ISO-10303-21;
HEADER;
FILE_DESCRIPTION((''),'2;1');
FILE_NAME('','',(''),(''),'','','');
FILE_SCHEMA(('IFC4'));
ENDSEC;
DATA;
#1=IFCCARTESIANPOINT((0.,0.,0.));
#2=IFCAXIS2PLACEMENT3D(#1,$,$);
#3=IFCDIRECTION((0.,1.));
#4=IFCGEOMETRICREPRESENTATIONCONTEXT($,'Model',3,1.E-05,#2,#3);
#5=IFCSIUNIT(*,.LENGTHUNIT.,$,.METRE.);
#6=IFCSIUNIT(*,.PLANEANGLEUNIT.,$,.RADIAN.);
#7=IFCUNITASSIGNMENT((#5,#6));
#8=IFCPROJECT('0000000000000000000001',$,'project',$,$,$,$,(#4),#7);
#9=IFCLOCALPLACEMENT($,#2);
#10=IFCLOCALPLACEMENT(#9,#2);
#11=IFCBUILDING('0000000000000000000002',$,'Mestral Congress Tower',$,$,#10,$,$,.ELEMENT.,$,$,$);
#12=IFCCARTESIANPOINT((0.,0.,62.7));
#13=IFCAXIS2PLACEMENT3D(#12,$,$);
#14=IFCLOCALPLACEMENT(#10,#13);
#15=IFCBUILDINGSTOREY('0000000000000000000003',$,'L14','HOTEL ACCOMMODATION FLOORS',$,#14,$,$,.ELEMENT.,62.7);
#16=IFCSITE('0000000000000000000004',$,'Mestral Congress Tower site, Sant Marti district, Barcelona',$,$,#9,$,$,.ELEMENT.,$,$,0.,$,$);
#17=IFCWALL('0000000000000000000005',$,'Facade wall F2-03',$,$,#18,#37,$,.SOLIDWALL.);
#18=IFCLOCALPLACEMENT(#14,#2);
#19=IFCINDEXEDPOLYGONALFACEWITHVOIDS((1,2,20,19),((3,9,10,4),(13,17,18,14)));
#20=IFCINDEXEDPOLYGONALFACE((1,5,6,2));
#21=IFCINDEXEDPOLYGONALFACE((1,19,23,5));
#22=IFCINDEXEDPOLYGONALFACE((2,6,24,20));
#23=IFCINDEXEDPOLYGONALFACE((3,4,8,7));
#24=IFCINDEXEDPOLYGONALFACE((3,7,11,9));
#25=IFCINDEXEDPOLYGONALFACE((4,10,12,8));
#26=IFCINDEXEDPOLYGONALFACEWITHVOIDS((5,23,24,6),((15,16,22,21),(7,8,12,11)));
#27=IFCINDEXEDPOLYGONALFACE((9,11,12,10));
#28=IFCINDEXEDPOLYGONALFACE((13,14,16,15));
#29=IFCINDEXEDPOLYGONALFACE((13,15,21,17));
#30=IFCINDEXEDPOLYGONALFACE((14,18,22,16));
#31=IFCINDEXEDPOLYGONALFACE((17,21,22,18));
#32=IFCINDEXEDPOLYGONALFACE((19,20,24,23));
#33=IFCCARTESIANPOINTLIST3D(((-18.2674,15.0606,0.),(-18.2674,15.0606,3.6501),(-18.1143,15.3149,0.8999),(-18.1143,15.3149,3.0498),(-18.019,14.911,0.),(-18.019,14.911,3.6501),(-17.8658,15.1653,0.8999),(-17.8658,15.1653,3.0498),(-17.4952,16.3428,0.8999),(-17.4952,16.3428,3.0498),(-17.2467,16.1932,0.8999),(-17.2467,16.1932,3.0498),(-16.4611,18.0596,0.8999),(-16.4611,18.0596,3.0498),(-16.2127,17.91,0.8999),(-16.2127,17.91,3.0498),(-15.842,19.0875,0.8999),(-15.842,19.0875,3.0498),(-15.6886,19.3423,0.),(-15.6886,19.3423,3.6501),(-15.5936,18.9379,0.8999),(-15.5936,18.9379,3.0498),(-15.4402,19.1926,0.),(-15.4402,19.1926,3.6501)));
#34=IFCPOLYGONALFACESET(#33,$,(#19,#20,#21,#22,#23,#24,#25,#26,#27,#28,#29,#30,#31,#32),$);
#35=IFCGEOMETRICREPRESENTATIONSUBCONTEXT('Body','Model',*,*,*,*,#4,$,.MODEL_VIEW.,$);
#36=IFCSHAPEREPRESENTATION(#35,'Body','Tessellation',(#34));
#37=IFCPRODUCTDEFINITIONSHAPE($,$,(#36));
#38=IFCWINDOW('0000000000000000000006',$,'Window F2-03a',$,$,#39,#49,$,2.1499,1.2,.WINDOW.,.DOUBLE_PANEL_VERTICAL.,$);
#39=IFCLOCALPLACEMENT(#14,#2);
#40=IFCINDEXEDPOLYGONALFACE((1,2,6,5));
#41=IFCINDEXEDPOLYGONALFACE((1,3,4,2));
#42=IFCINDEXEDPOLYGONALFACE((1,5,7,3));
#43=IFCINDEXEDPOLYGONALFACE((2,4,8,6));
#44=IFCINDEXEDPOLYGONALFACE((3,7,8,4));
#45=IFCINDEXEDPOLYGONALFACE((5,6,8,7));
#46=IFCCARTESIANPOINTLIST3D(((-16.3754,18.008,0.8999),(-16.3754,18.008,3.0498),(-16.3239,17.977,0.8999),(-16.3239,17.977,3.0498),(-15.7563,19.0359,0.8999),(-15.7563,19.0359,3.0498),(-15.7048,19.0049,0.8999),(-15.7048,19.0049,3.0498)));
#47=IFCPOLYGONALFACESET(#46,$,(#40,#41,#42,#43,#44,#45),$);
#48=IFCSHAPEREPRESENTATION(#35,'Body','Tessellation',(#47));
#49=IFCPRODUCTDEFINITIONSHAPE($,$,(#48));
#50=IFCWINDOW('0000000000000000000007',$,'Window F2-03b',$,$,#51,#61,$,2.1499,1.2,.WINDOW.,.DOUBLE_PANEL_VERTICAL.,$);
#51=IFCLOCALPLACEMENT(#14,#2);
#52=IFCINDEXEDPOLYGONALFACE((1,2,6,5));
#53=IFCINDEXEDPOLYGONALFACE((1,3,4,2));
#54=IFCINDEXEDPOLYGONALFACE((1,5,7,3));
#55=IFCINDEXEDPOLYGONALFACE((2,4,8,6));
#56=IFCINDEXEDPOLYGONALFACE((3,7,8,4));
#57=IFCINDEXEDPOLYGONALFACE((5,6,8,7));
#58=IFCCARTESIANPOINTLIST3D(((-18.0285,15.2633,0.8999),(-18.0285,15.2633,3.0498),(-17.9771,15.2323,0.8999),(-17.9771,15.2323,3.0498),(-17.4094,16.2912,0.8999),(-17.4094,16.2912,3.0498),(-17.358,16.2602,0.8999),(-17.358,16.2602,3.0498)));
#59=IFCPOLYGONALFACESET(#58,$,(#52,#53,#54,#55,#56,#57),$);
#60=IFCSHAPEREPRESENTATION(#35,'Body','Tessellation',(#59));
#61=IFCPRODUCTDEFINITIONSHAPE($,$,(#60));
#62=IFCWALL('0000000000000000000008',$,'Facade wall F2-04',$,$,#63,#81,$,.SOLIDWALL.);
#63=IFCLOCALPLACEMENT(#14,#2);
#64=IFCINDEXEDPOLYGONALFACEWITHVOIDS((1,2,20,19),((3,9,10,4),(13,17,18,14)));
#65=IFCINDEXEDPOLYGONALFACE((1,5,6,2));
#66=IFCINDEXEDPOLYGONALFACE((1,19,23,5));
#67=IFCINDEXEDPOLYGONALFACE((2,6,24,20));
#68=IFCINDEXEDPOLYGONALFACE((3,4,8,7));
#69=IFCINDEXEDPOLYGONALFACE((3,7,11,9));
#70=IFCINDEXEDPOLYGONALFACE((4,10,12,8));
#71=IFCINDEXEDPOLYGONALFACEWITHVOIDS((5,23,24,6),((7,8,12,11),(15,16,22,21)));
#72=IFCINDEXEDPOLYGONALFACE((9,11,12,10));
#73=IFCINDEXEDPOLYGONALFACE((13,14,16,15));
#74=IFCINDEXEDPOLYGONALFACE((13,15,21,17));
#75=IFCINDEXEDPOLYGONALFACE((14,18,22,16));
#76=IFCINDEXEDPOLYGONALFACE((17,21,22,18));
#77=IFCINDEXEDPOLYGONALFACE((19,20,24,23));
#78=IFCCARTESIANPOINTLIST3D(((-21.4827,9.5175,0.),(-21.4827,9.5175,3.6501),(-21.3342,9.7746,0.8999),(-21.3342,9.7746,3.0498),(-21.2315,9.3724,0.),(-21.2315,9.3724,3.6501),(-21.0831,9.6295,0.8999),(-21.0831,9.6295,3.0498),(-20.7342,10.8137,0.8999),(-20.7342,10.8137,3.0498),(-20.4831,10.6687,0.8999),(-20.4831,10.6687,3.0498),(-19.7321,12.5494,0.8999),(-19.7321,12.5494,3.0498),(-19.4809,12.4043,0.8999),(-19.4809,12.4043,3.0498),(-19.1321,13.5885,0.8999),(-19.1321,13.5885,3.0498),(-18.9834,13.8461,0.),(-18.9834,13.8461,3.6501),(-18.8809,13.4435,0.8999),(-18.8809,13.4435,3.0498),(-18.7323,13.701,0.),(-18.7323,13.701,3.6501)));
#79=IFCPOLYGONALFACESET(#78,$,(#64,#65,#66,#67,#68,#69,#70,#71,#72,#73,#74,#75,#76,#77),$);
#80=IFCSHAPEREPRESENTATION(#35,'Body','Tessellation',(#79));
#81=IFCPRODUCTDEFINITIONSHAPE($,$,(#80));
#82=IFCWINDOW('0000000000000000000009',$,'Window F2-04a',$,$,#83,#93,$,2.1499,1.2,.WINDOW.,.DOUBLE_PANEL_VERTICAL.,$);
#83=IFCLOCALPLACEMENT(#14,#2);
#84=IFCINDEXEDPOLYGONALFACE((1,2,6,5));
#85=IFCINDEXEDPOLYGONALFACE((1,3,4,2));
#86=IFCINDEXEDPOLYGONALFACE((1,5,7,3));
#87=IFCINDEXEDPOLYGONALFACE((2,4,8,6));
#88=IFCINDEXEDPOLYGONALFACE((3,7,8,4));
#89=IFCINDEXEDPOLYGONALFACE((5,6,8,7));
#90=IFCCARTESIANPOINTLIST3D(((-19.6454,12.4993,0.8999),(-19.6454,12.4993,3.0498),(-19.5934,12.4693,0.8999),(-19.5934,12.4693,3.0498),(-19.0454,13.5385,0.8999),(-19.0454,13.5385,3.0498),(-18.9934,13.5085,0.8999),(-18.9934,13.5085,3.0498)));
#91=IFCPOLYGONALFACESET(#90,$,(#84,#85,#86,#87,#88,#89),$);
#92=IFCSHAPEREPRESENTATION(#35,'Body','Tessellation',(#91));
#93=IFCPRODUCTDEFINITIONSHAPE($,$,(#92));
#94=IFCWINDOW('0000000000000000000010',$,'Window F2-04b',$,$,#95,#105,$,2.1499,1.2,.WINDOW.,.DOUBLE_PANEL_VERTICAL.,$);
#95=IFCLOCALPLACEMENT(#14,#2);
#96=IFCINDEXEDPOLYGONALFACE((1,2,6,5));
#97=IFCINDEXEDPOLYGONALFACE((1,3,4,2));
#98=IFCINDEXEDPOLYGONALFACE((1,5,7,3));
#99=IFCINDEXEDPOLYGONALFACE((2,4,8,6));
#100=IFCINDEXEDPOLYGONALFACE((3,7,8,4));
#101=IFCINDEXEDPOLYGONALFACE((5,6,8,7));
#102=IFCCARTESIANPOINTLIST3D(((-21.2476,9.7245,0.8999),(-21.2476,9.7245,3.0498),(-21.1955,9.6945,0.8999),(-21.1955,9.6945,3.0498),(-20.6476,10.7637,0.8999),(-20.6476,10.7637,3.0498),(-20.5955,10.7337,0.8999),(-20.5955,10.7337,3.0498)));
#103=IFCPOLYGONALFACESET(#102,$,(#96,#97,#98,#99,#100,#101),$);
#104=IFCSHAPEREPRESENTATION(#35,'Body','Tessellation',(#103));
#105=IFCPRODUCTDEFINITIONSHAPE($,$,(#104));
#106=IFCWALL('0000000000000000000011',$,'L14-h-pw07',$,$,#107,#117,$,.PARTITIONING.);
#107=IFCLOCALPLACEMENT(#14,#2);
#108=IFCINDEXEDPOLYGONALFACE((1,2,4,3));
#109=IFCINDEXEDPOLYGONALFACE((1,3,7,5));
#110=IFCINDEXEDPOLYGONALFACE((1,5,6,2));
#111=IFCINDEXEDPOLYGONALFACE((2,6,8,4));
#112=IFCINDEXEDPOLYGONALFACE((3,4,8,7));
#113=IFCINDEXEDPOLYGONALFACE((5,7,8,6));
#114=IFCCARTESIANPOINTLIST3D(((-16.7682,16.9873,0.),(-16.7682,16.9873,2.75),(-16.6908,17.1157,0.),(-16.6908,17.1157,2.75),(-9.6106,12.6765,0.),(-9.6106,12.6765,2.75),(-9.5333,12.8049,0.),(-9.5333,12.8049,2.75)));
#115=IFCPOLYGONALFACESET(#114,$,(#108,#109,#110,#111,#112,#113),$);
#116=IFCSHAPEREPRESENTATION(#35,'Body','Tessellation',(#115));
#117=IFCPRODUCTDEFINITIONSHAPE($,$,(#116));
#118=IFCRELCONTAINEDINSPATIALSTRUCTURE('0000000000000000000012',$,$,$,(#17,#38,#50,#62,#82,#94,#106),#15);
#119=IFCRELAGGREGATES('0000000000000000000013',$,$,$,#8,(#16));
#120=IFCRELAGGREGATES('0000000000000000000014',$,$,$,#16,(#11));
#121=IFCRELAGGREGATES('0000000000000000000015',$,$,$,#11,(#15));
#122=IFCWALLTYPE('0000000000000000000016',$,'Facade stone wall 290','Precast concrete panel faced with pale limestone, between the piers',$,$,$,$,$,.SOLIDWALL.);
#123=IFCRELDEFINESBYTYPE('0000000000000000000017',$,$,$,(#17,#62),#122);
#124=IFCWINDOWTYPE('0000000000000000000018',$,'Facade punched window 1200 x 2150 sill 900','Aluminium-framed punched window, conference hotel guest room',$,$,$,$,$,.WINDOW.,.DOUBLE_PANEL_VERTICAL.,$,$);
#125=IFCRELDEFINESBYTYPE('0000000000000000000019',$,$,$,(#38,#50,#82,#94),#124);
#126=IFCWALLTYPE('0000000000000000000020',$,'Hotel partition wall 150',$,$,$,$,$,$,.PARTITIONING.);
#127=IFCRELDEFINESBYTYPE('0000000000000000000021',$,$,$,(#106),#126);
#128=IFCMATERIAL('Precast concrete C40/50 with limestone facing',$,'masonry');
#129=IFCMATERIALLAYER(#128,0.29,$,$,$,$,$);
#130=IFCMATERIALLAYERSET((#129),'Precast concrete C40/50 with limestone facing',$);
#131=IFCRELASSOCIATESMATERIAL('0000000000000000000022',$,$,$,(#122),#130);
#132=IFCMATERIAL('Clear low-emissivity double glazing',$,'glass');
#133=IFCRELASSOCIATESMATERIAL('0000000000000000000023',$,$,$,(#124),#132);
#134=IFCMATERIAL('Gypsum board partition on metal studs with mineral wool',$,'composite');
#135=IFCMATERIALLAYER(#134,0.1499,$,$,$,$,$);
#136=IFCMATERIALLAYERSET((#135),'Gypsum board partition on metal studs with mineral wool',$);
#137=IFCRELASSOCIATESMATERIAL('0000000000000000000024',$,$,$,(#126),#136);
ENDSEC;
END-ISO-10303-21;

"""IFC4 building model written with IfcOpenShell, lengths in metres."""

from ifc_helpers import new_model, si_unit, direction, frame, frame_2d, origin, place, context, subcontext, project, spatial, rectangle, extrude, material, layer, layer_set, type_object, element, fill, save


model = new_model("IFC4")

# Units and contexts
model_context = context("Model", 3, precision=1e-05, world=origin(), true_north=direction((0.0, 1.0)))
body_context = subcontext(model_context, "Body", "Model", "MODEL_VIEW")
ifc_project = project(units=[si_unit("LENGTHUNIT", "METRE"), si_unit("PLANEANGLEUNIT", "RADIAN")], contexts=[model_context])

# Site, building, storey
site_placement = place(None, origin())
site = spatial("IfcSite", under=ifc_project, at=site_placement, Name="Mestral Congress Tower site, Sant Marti district, Barcelona", CompositionType="ELEMENT", RefElevation=0.0)
building_placement = place(site_placement, origin())
building = spatial("IfcBuilding", under=site, at=building_placement, Name="Mestral Congress Tower", CompositionType="ELEMENT")
storey_placement = place(building_placement, frame((0.0, 0.0, 62.7)))
storey = spatial("IfcBuildingStorey", under=building, at=storey_placement, Name="L14", Description="HOTEL ACCOMMODATION FLOORS", CompositionType="ELEMENT", Elevation=62.7)

# Walls, openings, windows
ifc_material_1 = material(Name="Precast concrete C40/50 with limestone facing", Category="masonry")
ifc_layer_1 = layer(ifc_material_1, 0.29)
ifc_layer_set_1 = layer_set([ifc_layer_1], Name="Precast concrete C40/50 with limestone facing")
wall_type_1 = type_object("IfcWallType", Name="Facade stone wall 290", Description="Precast concrete panel faced with pale limestone, between the piers", PredefinedType="SOLIDWALL", material=ifc_layer_set_1)
ifc_material_2 = material(Name="Clear low-emissivity double glazing", Category="glass")
window_type = type_object("IfcWindowType", Name="Facade punched window 1200 x 2150 sill 900", Description="Aluminium-framed punched window, conference hotel guest room", PartitioningType="DOUBLE_PANEL_VERTICAL", PredefinedType="WINDOW", material=ifc_material_2)
wall_1_placement = place(storey_placement, frame((-15.5645, 19.2673, 0.0), z_axis=(0.0, 0.0, 1.0), x_axis=(-0.515939, -0.856625, 0.0)))
wall_1 = element("IfcWall", 1, at=wall_1_placement, inside=storey, type_object=wall_type_1, Name="Facade wall F2-03", PredefinedType="SOLIDWALL", context=body_context, shape_type="SweptSolid", body=[
    extrude(rectangle(XDim=4.9983, YDim=0.29, at=frame_2d((2.499, 0.0))), origin(), (0.0, 0.0, 1.0), 3.6501),
])
opening_1_placement = place(wall_1_placement, frame((0.2971, 0.0, 0.8999)))
opening_1 = element("IfcOpeningElement", 2, at=opening_1_placement, cuts=wall_1, PredefinedType="OPENING", context=body_context, shape_type="SweptSolid", body=[
    extrude(rectangle(XDim=1.2, YDim=2.1499, at=frame_2d((0.6001, 1.075))), frame((0.0, 0.155, 0.0), z_axis=(0.0, -1.0, 0.0), x_axis=(1.0, 0.0, 0.0)), (0.0, 0.0, 1.0), 0.3101),
])
opening_2_placement = place(wall_1_placement, frame((3.5012, 0.0, 0.8999)))
opening_2 = element("IfcOpeningElement", 3, at=opening_2_placement, cuts=wall_1, PredefinedType="OPENING", context=body_context, shape_type="SweptSolid", body=[
    extrude(rectangle(XDim=1.2, YDim=2.1499, at=frame_2d((0.6001, 1.075))), frame((0.0, 0.155, 0.0), z_axis=(0.0, -1.0, 0.0), x_axis=(1.0, 0.0, 0.0)), (0.0, 0.0, 1.0), 0.3101),
])
window_1_placement = place(opening_1_placement, origin())
window_1 = element("IfcWindow", 4, at=window_1_placement, inside=storey, type_object=window_type, Name="Window F2-03a", OverallHeight=2.1499, OverallWidth=1.2, PartitioningType="DOUBLE_PANEL_VERTICAL", PredefinedType="WINDOW", context=body_context, shape_type="SweptSolid", body=[
    extrude(rectangle(XDim=1.2, YDim=2.1499, at=frame_2d((0.6001, 1.075))), frame((0.0, 0.0151, 0.0), z_axis=(0.0, -1.0, 0.0), x_axis=(1.0, 0.0, 0.0)), (0.0, 0.0, 1.0), 0.0601),
])
fill(opening_1, window_1)
window_2_placement = place(opening_2_placement, origin())
window_2 = element("IfcWindow", 5, at=window_2_placement, inside=storey, type_object=window_type, Name="Window F2-03b", OverallHeight=2.1499, OverallWidth=1.2, PartitioningType="DOUBLE_PANEL_VERTICAL", PredefinedType="WINDOW", context=body_context, shape_type="SweptSolid", body=[
    extrude(rectangle(XDim=1.2, YDim=2.1499, at=frame_2d((0.6001, 1.075))), frame((0.0, 0.0151, 0.0), z_axis=(0.0, -1.0, 0.0), x_axis=(1.0, 0.0, 0.0)), (0.0, 0.0, 1.0), 0.0601),
])
fill(opening_2, window_2)
wall_2_placement = place(storey_placement, frame((-18.8579, 13.7734, 0.0), z_axis=(0.0, 0.0, 1.0), x_axis=(-0.500021, -0.866013, 0.0)))
wall_2 = element("IfcWall", 6, at=wall_2_placement, inside=storey, type_object=wall_type_1, Name="Facade wall F2-04", PredefinedType="SOLIDWALL", context=body_context, shape_type="SweptSolid", body=[
    extrude(rectangle(XDim=4.9983, YDim=0.29, at=frame_2d((2.499, 0.0))), origin(), (0.0, 0.0, 1.0), 3.6501),
])
opening_3_placement = place(wall_2_placement, frame((0.2971, 0.0, 0.8999)))
opening_3 = element("IfcOpeningElement", 7, at=opening_3_placement, cuts=wall_2, PredefinedType="OPENING", context=body_context, shape_type="SweptSolid", body=[
    extrude(rectangle(XDim=1.2, YDim=2.1499, at=frame_2d((0.6001, 1.075))), frame((0.0, 0.155, 0.0), z_axis=(0.0, -1.0, 0.0), x_axis=(1.0, 0.0, 0.0)), (0.0, 0.0, 1.0), 0.3101),
])
opening_4_placement = place(wall_2_placement, frame((3.5012, 0.0, 0.8999)))
opening_4 = element("IfcOpeningElement", 8, at=opening_4_placement, cuts=wall_2, PredefinedType="OPENING", context=body_context, shape_type="SweptSolid", body=[
    extrude(rectangle(XDim=1.2, YDim=2.1499, at=frame_2d((0.6001, 1.075))), frame((0.0, 0.155, 0.0), z_axis=(0.0, -1.0, 0.0), x_axis=(1.0, 0.0, 0.0)), (0.0, 0.0, 1.0), 0.3101),
])
window_3_placement = place(opening_3_placement, origin())
window_3 = element("IfcWindow", 9, at=window_3_placement, inside=storey, type_object=window_type, Name="Window F2-04a", OverallHeight=2.1499, OverallWidth=1.2, PartitioningType="DOUBLE_PANEL_VERTICAL", PredefinedType="WINDOW", context=body_context, shape_type="SweptSolid", body=[
    extrude(rectangle(XDim=1.2, YDim=2.1499, at=frame_2d((0.6001, 1.075))), frame((0.0, 0.0151, 0.0), z_axis=(0.0, -1.0, 0.0), x_axis=(1.0, 0.0, 0.0)), (0.0, 0.0, 1.0), 0.0601),
])
fill(opening_3, window_3)
window_4_placement = place(opening_4_placement, origin())
window_4 = element("IfcWindow", 10, at=window_4_placement, inside=storey, type_object=window_type, Name="Window F2-04b", OverallHeight=2.1499, OverallWidth=1.2, PartitioningType="DOUBLE_PANEL_VERTICAL", PredefinedType="WINDOW", context=body_context, shape_type="SweptSolid", body=[
    extrude(rectangle(XDim=1.2, YDim=2.1499, at=frame_2d((0.6001, 1.075))), frame((0.0, 0.0151, 0.0), z_axis=(0.0, -1.0, 0.0), x_axis=(1.0, 0.0, 0.0)), (0.0, 0.0, 1.0), 0.0601),
])
fill(opening_4, window_4)

# Wall
ifc_material_3 = material(Name="Gypsum board partition on metal studs with mineral wool", Category="composite")
ifc_layer_2 = layer(ifc_material_3, 0.1499)
ifc_layer_set_2 = layer_set([ifc_layer_2], Name="Gypsum board partition on metal studs with mineral wool")
wall_type_2 = type_object("IfcWallType", Name="Hotel partition wall 150", PredefinedType="PARTITIONING", material=ifc_layer_set_2)
wall_3_placement = place(storey_placement, frame((-16.7295, 17.0515, 0.0), z_axis=(0.0, 0.0, 1.0), x_axis=(0.856631, -0.51593, 0.0)))
element("IfcWall", 11, at=wall_3_placement, inside=storey, type_object=wall_type_2, Name="L14-h-pw07", PredefinedType="PARTITIONING", context=body_context, shape_type="SweptSolid", body=[
    extrude(rectangle(XDim=8.3555, YDim=0.1499, at=frame_2d((4.1777, 0.0))), origin(), (0.0, 0.0, 1.0), 2.75),
])

save(model, "model.ifc")
